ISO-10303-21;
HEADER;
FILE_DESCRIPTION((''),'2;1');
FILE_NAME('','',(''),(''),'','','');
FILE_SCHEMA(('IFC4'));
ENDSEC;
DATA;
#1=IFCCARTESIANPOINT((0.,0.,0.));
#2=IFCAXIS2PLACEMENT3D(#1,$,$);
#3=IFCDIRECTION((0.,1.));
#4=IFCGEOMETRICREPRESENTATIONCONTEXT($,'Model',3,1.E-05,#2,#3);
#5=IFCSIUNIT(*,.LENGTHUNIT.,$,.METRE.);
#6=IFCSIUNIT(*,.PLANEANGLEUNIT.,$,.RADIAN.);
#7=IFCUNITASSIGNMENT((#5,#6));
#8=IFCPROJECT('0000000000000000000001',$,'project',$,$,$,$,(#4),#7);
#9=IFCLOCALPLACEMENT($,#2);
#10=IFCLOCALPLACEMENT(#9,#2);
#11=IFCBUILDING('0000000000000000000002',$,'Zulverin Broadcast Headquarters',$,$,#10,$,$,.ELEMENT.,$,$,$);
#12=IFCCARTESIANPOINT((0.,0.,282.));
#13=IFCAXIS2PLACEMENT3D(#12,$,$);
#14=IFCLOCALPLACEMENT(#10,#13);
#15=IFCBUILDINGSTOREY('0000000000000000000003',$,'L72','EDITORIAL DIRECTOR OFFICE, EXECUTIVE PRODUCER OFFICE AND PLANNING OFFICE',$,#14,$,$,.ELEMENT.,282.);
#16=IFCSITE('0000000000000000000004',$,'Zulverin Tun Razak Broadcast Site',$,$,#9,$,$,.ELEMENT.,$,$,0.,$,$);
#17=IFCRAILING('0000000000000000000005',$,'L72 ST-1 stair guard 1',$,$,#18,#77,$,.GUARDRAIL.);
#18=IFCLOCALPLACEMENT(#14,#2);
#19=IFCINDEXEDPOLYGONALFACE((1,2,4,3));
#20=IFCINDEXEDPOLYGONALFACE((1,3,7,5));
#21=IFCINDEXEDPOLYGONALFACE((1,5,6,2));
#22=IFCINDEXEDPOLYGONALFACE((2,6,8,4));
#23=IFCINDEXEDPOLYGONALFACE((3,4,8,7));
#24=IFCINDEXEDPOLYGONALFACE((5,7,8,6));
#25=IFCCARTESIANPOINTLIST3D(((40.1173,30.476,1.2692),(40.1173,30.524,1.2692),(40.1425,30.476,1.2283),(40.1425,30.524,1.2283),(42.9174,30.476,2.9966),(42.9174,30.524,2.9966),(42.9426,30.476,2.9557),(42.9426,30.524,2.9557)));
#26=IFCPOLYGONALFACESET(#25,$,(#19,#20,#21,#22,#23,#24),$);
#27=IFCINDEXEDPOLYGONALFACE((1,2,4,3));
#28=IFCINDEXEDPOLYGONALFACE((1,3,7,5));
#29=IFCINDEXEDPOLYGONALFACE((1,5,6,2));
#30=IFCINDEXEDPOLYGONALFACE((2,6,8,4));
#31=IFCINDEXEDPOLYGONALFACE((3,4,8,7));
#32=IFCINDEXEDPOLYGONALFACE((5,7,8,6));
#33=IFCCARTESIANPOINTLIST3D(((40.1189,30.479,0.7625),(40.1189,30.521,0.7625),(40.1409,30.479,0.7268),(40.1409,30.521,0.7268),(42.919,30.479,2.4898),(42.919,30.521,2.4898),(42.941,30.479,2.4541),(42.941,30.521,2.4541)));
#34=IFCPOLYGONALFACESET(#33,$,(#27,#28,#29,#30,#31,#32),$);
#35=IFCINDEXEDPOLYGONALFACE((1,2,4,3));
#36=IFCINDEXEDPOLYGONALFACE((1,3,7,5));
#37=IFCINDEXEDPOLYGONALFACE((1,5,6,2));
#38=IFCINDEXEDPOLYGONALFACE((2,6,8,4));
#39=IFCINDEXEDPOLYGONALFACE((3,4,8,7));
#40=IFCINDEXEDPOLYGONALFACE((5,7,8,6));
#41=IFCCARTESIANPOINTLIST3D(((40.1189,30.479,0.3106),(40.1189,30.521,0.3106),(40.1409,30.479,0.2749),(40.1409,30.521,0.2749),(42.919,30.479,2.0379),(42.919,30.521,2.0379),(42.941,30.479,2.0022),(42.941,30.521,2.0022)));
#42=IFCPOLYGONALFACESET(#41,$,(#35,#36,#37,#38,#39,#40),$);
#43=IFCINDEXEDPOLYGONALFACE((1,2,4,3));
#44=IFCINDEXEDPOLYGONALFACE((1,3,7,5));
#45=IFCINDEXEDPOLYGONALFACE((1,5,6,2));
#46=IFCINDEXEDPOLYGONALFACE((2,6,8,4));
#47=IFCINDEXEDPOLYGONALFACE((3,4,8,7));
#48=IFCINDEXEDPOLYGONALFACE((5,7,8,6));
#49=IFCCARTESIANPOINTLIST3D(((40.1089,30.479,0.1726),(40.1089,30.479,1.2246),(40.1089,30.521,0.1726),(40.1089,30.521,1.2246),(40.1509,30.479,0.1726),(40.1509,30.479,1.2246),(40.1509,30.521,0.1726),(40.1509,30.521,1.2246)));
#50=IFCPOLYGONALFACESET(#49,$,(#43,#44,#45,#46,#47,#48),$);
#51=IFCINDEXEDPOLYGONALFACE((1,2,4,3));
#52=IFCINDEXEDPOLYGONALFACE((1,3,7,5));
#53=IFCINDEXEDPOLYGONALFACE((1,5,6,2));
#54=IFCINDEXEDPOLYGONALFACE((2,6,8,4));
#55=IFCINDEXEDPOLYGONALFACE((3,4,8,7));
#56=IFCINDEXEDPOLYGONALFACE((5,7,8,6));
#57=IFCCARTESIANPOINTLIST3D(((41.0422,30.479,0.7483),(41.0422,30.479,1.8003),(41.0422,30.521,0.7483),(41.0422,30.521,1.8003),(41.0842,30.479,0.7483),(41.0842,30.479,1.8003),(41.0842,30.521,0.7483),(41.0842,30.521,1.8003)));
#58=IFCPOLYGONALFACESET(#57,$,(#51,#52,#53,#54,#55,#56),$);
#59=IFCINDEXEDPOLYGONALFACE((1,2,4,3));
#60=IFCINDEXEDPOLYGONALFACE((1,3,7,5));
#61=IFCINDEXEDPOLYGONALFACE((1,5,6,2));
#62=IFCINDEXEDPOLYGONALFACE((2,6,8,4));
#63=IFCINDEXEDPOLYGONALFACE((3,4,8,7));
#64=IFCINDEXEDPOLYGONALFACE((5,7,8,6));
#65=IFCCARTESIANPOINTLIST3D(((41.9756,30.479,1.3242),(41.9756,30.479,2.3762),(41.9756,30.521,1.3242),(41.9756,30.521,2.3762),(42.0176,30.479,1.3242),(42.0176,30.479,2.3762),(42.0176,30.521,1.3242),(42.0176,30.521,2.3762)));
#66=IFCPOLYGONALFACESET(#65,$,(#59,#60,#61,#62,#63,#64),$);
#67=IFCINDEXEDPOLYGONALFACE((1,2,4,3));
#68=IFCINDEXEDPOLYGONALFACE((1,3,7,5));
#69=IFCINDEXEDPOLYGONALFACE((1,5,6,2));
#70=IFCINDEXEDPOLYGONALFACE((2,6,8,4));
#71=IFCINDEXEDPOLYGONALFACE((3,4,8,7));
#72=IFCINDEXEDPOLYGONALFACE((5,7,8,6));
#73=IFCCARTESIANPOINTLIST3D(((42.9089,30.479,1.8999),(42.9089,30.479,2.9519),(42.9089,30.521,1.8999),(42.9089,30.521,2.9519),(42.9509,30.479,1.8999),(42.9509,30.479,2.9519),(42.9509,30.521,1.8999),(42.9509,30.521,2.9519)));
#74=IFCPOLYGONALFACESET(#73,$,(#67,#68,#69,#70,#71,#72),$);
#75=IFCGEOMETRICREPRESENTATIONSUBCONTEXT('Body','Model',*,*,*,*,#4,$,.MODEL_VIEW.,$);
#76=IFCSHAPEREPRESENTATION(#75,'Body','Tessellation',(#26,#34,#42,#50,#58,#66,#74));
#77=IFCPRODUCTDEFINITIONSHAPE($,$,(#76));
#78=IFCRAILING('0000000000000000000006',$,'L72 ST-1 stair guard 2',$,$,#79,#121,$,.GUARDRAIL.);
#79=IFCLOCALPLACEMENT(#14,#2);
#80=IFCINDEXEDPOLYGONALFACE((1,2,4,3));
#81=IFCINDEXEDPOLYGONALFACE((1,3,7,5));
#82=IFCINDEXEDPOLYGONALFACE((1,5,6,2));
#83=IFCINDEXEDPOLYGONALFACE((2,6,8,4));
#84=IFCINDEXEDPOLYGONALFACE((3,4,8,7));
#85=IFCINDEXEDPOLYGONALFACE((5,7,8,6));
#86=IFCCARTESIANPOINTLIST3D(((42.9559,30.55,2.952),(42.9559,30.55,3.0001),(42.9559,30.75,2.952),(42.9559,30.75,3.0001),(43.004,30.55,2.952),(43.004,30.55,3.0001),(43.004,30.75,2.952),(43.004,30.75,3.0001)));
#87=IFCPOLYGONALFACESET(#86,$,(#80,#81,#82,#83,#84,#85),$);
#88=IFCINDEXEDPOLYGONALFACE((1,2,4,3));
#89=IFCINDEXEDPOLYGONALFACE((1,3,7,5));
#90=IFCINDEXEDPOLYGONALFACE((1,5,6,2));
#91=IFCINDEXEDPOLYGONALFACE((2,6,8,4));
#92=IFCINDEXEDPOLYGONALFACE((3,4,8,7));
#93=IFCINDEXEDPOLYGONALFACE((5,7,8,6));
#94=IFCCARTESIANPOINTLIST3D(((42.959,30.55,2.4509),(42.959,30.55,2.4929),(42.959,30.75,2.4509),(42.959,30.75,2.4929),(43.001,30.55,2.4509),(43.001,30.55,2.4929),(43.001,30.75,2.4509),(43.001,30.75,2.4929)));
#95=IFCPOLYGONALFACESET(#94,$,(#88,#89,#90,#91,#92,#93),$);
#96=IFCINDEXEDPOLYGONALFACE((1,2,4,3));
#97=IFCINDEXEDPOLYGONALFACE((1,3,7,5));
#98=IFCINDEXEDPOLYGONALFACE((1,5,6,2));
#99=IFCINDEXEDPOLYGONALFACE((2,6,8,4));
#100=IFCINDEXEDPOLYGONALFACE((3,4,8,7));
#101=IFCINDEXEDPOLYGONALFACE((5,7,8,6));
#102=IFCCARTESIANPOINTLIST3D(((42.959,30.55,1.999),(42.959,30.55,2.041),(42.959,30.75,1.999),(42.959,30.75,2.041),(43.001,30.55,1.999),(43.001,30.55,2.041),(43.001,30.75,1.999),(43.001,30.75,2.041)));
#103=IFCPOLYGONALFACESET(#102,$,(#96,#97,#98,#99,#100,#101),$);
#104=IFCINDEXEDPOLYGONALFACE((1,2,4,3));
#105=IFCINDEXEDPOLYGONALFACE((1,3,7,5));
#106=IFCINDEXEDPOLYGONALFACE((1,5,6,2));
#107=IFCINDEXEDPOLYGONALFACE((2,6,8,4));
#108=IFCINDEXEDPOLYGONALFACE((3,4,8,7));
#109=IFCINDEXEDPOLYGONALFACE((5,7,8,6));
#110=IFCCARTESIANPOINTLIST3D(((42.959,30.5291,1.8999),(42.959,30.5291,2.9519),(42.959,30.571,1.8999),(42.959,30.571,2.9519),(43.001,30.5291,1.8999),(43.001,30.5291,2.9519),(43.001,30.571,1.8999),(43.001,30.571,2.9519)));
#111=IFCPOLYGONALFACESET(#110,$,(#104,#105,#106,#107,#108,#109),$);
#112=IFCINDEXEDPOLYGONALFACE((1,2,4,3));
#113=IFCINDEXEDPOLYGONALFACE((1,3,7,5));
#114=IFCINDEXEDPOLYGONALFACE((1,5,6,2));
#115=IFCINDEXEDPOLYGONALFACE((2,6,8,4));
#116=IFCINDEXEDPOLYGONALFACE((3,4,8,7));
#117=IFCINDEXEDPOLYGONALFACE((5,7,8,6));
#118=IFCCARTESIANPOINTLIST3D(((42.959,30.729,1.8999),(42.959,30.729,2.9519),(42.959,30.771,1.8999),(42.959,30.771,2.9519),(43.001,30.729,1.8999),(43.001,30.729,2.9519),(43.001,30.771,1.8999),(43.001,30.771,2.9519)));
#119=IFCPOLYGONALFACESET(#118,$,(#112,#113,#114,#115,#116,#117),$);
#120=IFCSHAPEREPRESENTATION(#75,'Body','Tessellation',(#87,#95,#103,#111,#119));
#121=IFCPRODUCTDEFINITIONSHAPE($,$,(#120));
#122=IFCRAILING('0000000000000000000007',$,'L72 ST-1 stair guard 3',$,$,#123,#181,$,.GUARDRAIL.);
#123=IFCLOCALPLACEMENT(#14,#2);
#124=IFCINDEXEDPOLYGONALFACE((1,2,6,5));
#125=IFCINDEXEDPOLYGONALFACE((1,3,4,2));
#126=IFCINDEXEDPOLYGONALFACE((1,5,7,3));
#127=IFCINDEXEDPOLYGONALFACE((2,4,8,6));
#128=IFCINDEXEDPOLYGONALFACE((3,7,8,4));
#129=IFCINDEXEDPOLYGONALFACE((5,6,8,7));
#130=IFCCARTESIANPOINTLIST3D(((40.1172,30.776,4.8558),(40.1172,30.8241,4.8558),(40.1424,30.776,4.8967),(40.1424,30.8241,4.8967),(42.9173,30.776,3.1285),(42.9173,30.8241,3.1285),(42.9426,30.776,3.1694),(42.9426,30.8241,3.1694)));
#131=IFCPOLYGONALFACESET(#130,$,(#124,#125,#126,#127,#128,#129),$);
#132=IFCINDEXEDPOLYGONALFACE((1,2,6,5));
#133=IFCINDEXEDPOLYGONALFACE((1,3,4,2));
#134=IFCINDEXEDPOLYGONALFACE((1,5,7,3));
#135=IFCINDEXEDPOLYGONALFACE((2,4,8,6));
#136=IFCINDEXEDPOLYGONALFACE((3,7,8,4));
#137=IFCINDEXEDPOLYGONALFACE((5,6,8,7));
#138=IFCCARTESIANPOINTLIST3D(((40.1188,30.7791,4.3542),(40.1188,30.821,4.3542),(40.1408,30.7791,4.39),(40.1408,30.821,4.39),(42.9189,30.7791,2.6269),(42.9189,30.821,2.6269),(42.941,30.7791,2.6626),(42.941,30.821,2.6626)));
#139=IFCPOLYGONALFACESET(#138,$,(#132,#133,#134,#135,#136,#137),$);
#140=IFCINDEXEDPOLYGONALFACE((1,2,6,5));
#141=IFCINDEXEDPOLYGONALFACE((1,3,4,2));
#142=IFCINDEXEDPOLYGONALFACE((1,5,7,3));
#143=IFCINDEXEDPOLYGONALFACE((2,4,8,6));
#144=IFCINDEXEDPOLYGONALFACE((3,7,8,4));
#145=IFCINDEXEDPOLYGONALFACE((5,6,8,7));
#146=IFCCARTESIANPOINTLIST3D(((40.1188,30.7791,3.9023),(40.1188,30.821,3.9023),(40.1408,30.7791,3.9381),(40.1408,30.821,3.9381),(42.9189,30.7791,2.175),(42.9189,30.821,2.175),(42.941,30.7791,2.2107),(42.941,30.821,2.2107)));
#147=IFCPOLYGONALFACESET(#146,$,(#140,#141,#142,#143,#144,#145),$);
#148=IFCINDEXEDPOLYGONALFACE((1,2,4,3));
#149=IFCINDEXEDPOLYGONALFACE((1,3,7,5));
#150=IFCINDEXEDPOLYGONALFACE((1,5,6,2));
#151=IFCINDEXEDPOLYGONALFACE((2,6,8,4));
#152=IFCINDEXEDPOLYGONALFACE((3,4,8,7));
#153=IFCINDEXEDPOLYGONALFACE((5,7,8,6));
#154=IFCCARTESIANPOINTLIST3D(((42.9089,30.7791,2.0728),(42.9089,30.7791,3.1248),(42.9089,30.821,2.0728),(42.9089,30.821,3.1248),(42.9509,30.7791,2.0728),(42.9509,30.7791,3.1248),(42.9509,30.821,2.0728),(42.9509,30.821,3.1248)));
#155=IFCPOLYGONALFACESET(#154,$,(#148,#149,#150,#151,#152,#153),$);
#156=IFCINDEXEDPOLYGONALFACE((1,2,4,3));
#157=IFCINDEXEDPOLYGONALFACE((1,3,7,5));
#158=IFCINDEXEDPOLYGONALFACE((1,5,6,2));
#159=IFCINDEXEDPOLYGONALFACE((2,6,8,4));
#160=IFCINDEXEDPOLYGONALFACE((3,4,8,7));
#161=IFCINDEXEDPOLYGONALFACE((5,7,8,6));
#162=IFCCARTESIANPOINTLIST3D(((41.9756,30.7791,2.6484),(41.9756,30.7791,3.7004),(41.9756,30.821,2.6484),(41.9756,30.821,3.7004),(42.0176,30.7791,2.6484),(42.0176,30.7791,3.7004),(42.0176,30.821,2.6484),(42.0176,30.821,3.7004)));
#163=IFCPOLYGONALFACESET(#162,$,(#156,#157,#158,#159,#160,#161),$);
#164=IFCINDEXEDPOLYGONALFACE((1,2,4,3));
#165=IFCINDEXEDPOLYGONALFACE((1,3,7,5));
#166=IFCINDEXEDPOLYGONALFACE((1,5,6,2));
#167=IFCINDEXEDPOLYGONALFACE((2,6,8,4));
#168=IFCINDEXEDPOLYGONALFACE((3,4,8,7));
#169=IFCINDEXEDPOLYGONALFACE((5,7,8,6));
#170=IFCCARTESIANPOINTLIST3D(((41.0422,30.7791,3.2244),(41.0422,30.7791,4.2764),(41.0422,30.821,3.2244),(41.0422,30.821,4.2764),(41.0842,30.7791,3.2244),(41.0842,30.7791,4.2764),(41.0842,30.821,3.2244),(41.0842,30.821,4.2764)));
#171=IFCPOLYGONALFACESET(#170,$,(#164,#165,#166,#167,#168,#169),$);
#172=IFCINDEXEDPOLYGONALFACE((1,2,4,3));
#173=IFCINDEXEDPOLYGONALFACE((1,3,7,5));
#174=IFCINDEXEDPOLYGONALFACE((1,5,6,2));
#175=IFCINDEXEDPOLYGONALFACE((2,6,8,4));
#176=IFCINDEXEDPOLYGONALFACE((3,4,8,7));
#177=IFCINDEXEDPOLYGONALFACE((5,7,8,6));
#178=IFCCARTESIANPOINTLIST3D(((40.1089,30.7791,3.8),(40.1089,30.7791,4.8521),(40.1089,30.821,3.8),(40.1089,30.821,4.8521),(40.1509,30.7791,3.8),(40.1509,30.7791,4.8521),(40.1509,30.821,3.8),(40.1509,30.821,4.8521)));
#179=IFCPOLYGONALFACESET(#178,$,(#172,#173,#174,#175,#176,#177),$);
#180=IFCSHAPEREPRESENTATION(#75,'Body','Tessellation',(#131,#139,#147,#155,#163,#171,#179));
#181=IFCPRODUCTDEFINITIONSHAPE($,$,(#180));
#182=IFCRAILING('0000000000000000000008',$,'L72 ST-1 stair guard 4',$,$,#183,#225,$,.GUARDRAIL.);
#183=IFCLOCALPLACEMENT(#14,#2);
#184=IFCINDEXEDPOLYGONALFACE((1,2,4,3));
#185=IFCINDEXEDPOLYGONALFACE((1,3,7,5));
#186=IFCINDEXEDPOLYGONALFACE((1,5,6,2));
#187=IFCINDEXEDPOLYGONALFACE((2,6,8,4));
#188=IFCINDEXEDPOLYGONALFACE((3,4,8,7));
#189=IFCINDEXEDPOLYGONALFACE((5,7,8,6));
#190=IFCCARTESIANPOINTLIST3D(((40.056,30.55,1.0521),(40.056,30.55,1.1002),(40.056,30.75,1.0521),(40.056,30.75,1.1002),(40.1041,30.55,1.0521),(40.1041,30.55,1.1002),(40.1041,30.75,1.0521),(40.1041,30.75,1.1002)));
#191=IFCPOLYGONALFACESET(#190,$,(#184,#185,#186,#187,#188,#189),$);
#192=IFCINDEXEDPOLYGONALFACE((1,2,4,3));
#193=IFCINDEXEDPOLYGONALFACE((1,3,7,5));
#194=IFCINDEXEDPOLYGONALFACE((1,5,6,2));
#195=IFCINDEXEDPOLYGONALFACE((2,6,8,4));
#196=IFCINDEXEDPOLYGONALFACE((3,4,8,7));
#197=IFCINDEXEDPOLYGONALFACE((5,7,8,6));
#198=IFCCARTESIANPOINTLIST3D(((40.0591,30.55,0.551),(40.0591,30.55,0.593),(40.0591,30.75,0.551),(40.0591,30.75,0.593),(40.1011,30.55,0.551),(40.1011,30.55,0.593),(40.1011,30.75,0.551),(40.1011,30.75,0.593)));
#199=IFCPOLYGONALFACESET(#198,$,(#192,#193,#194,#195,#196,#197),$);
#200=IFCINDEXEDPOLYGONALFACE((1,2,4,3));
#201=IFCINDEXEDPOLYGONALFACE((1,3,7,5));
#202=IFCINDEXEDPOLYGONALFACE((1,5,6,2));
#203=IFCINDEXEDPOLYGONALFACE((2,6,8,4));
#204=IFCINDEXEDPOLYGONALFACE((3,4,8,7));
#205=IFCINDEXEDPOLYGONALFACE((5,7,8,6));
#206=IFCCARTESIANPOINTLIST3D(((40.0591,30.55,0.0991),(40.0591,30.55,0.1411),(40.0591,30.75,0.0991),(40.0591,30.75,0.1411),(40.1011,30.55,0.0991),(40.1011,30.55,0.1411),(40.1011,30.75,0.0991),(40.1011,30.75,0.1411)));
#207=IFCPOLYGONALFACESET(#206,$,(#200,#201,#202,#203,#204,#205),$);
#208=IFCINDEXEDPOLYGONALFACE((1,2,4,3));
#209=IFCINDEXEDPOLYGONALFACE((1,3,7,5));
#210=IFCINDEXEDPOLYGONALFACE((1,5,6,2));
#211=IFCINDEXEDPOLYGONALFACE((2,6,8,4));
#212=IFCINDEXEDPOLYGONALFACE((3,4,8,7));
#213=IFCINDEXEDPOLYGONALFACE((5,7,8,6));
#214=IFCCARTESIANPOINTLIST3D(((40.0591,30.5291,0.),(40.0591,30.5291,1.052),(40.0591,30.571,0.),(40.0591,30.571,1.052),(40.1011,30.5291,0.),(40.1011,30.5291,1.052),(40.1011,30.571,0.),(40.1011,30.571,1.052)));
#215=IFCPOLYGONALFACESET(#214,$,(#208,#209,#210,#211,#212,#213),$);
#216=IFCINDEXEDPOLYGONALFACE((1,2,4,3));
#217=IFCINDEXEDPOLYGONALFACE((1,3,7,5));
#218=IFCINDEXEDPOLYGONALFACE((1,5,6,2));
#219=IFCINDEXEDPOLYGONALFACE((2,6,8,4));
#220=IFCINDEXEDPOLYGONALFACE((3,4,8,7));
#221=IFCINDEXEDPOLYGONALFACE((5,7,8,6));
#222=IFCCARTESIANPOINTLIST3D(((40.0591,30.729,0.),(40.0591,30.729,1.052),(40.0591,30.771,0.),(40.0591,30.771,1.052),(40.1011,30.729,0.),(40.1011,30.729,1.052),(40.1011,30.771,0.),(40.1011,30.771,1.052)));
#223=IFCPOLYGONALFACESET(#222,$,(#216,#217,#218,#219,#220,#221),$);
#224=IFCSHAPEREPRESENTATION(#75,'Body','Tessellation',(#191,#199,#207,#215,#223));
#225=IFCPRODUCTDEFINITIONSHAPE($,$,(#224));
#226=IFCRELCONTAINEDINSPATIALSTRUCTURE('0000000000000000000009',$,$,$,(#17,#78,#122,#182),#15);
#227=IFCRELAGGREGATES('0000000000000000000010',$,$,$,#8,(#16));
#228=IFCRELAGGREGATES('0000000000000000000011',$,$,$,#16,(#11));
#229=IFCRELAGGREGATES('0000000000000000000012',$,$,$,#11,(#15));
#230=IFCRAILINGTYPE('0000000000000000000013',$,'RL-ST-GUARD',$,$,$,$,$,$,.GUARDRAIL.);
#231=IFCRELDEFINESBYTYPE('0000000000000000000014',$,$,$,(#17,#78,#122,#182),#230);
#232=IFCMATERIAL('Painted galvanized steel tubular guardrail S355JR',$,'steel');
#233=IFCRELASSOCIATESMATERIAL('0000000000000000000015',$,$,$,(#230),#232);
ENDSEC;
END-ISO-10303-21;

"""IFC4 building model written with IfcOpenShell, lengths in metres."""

from ifc_helpers import new_model, si_unit, direction, frame, origin, origin_2d, place, context, subcontext, project, spatial, rectangle, extrude, material, type_object, element, save


model = new_model("IFC4")

# Units and contexts
model_context = context("Model", 3, precision=1e-05, world=origin(), true_north=direction((0.0, 1.0)))
body_context = subcontext(model_context, "Body", "Model", "MODEL_VIEW")
ifc_project = project(units=[si_unit("LENGTHUNIT", "METRE"), si_unit("PLANEANGLEUNIT", "RADIAN")], contexts=[model_context])

# Site, building, storey
site_placement = place(None, origin())
site = spatial("IfcSite", under=ifc_project, at=site_placement, Name="Zulverin Tun Razak Broadcast Site", CompositionType="ELEMENT", RefElevation=0.0)
building_placement = place(site_placement, origin())
building = spatial("IfcBuilding", under=site, at=building_placement, Name="Zulverin Broadcast Headquarters", CompositionType="ELEMENT")
storey_placement = place(building_placement, frame((0.0, 0.0, 282.0)))
storey = spatial("IfcBuildingStorey", under=building, at=storey_placement, Name="L72", Description="EDITORIAL DIRECTOR OFFICE, EXECUTIVE PRODUCER OFFICE AND PLANNING OFFICE", CompositionType="ELEMENT", Elevation=282.0)

# Railings
ifc_material_1 = material(Name="Painted galvanized steel tubular guardrail S355JR", Category="steel")
railing_type_1 = type_object("IfcRailingType", Name="RL-ST-GUARD", PredefinedType="GUARDRAIL", material=ifc_material_1)
railing_1_placement = place(storey_placement, frame((40.1299, 30.5, 0.1726)))
element("IfcRailing", 1, at=railing_1_placement, inside=storey, type_object=railing_type_1, Name="L72 ST-1 stair guard 1", PredefinedType="GUARDRAIL", context=body_context, shape_type="SweptSolid", body=[
    extrude(rectangle(XDim=0.0481, YDim=0.0481, at=origin_2d()), frame((0.0, 0.0, 1.0762), z_axis=(0.85109, 0.0, 0.52502), x_axis=(0.0, 1.0, 0.0)), (0.0, 0.0, 1.0), 3.29),
    extrude(rectangle(XDim=0.042, YDim=0.042, at=origin_2d()), frame((0.0, 0.0, 0.572), z_axis=(0.85109, 0.0, 0.52502), x_axis=(0.0, 1.0, 0.0)), (0.0, 0.0, 1.0), 3.29),
    extrude(rectangle(XDim=0.042, YDim=0.042, at=origin_2d()), frame((0.0, 0.0, 0.1201), z_axis=(0.85109, 0.0, 0.52502), x_axis=(0.0, 1.0, 0.0)), (0.0, 0.0, 1.0), 3.29),
    extrude(rectangle(XDim=0.042, YDim=0.042, at=origin_2d()), origin(), (0.0, 0.0, 1.0), 1.052),
    extrude(rectangle(XDim=0.042, YDim=0.042, at=origin_2d()), frame((0.9333, 0.0, 0.5757)), (0.0, 0.0, 1.0), 1.052),
    extrude(rectangle(XDim=0.042, YDim=0.042, at=origin_2d()), frame((1.8667, 0.0, 1.1516)), (0.0, 0.0, 1.0), 1.052),
    extrude(rectangle(XDim=0.042, YDim=0.042, at=origin_2d()), frame((2.8, 0.0, 1.7273)), (0.0, 0.0, 1.0), 1.052),
])
railing_2_placement = place(storey_placement, frame((42.98, 30.55, 1.8999)))
element("IfcRailing", 2, at=railing_2_placement, inside=storey, type_object=railing_type_1, Name="L72 ST-1 stair guard 2", PredefinedType="GUARDRAIL", context=body_context, shape_type="SweptSolid", body=[
    extrude(rectangle(XDim=0.0481, YDim=0.0481, at=origin_2d()), frame((0.0, 0.0, 1.0762), z_axis=(0.0, 1.0, 0.0), x_axis=(-1.0, 0.0, 0.0)), (0.0, 0.0, 1.0), 0.2),
    extrude(rectangle(XDim=0.042, YDim=0.042, at=origin_2d()), frame((0.0, 0.0, 0.572), z_axis=(0.0, 1.0, 0.0), x_axis=(-1.0, 0.0, 0.0)), (0.0, 0.0, 1.0), 0.2),
    extrude(rectangle(XDim=0.042, YDim=0.042, at=origin_2d()), frame((0.0, 0.0, 0.1201), z_axis=(0.0, 1.0, 0.0), x_axis=(-1.0, 0.0, 0.0)), (0.0, 0.0, 1.0), 0.2),
    extrude(rectangle(XDim=0.042, YDim=0.042, at=origin_2d()), origin(), (0.0, 0.0, 1.0), 1.052),
    extrude(rectangle(XDim=0.042, YDim=0.042, at=origin_2d()), frame((0.0, 0.2, 0.0)), (0.0, 0.0, 1.0), 1.052),
])
railing_3_placement = place(storey_placement, frame((42.9299, 30.8, 2.0728)))
element("IfcRailing", 3, at=railing_3_placement, inside=storey, type_object=railing_type_1, Name="L72 ST-1 stair guard 3", PredefinedType="GUARDRAIL", context=body_context, shape_type="SweptSolid", body=[
    extrude(rectangle(XDim=0.0481, YDim=0.0481, at=origin_2d()), frame((0.0, 0.0, 1.0762), z_axis=(-0.85109, 0.0, 0.52502), x_axis=(0.0, -1.0, 0.0)), (0.0, 0.0, 1.0), 3.29),
    extrude(rectangle(XDim=0.042, YDim=0.042, at=origin_2d()), frame((0.0, 0.0, 0.572), z_axis=(-0.85109, 0.0, 0.52502), x_axis=(0.0, -1.0, 0.0)), (0.0, 0.0, 1.0), 3.29),
    extrude(rectangle(XDim=0.042, YDim=0.042, at=origin_2d()), frame((0.0, 0.0, 0.1201), z_axis=(-0.85109, 0.0, 0.52502), x_axis=(0.0, -1.0, 0.0)), (0.0, 0.0, 1.0), 3.29),
    extrude(rectangle(XDim=0.042, YDim=0.042, at=origin_2d()), origin(), (0.0, 0.0, 1.0), 1.052),
    extrude(rectangle(XDim=0.042, YDim=0.042, at=origin_2d()), frame((-0.9333, 0.0, 0.5757)), (0.0, 0.0, 1.0), 1.052),
    extrude(rectangle(XDim=0.042, YDim=0.042, at=origin_2d()), frame((-1.8667, 0.0, 1.1516)), (0.0, 0.0, 1.0), 1.052),
    extrude(rectangle(XDim=0.042, YDim=0.042, at=origin_2d()), frame((-2.8, 0.0, 1.7273)), (0.0, 0.0, 1.0), 1.052),
])
railing_4_placement = place(storey_placement, frame((40.0801, 30.55, 0.0)))
element("IfcRailing", 4, at=railing_4_placement, inside=storey, type_object=railing_type_1, Name="L72 ST-1 stair guard 4", PredefinedType="GUARDRAIL", context=body_context, shape_type="SweptSolid", body=[
    extrude(rectangle(XDim=0.0481, YDim=0.0481, at=origin_2d()), frame((0.0, 0.0, 1.0762), z_axis=(0.0, 1.0, 0.0), x_axis=(-1.0, 0.0, 0.0)), (0.0, 0.0, 1.0), 0.2),
    extrude(rectangle(XDim=0.042, YDim=0.042, at=origin_2d()), frame((0.0, 0.0, 0.572), z_axis=(0.0, 1.0, 0.0), x_axis=(-1.0, 0.0, 0.0)), (0.0, 0.0, 1.0), 0.2),
    extrude(rectangle(XDim=0.042, YDim=0.042, at=origin_2d()), frame((0.0, 0.0, 0.1201), z_axis=(0.0, 1.0, 0.0), x_axis=(-1.0, 0.0, 0.0)), (0.0, 0.0, 1.0), 0.2),
    extrude(rectangle(XDim=0.042, YDim=0.042, at=origin_2d()), origin(), (0.0, 0.0, 1.0), 1.052),
    extrude(rectangle(XDim=0.042, YDim=0.042, at=origin_2d()), frame((0.0, 0.2, 0.0)), (0.0, 0.0, 1.0), 1.052),
])

save(model, "model.ifc")
